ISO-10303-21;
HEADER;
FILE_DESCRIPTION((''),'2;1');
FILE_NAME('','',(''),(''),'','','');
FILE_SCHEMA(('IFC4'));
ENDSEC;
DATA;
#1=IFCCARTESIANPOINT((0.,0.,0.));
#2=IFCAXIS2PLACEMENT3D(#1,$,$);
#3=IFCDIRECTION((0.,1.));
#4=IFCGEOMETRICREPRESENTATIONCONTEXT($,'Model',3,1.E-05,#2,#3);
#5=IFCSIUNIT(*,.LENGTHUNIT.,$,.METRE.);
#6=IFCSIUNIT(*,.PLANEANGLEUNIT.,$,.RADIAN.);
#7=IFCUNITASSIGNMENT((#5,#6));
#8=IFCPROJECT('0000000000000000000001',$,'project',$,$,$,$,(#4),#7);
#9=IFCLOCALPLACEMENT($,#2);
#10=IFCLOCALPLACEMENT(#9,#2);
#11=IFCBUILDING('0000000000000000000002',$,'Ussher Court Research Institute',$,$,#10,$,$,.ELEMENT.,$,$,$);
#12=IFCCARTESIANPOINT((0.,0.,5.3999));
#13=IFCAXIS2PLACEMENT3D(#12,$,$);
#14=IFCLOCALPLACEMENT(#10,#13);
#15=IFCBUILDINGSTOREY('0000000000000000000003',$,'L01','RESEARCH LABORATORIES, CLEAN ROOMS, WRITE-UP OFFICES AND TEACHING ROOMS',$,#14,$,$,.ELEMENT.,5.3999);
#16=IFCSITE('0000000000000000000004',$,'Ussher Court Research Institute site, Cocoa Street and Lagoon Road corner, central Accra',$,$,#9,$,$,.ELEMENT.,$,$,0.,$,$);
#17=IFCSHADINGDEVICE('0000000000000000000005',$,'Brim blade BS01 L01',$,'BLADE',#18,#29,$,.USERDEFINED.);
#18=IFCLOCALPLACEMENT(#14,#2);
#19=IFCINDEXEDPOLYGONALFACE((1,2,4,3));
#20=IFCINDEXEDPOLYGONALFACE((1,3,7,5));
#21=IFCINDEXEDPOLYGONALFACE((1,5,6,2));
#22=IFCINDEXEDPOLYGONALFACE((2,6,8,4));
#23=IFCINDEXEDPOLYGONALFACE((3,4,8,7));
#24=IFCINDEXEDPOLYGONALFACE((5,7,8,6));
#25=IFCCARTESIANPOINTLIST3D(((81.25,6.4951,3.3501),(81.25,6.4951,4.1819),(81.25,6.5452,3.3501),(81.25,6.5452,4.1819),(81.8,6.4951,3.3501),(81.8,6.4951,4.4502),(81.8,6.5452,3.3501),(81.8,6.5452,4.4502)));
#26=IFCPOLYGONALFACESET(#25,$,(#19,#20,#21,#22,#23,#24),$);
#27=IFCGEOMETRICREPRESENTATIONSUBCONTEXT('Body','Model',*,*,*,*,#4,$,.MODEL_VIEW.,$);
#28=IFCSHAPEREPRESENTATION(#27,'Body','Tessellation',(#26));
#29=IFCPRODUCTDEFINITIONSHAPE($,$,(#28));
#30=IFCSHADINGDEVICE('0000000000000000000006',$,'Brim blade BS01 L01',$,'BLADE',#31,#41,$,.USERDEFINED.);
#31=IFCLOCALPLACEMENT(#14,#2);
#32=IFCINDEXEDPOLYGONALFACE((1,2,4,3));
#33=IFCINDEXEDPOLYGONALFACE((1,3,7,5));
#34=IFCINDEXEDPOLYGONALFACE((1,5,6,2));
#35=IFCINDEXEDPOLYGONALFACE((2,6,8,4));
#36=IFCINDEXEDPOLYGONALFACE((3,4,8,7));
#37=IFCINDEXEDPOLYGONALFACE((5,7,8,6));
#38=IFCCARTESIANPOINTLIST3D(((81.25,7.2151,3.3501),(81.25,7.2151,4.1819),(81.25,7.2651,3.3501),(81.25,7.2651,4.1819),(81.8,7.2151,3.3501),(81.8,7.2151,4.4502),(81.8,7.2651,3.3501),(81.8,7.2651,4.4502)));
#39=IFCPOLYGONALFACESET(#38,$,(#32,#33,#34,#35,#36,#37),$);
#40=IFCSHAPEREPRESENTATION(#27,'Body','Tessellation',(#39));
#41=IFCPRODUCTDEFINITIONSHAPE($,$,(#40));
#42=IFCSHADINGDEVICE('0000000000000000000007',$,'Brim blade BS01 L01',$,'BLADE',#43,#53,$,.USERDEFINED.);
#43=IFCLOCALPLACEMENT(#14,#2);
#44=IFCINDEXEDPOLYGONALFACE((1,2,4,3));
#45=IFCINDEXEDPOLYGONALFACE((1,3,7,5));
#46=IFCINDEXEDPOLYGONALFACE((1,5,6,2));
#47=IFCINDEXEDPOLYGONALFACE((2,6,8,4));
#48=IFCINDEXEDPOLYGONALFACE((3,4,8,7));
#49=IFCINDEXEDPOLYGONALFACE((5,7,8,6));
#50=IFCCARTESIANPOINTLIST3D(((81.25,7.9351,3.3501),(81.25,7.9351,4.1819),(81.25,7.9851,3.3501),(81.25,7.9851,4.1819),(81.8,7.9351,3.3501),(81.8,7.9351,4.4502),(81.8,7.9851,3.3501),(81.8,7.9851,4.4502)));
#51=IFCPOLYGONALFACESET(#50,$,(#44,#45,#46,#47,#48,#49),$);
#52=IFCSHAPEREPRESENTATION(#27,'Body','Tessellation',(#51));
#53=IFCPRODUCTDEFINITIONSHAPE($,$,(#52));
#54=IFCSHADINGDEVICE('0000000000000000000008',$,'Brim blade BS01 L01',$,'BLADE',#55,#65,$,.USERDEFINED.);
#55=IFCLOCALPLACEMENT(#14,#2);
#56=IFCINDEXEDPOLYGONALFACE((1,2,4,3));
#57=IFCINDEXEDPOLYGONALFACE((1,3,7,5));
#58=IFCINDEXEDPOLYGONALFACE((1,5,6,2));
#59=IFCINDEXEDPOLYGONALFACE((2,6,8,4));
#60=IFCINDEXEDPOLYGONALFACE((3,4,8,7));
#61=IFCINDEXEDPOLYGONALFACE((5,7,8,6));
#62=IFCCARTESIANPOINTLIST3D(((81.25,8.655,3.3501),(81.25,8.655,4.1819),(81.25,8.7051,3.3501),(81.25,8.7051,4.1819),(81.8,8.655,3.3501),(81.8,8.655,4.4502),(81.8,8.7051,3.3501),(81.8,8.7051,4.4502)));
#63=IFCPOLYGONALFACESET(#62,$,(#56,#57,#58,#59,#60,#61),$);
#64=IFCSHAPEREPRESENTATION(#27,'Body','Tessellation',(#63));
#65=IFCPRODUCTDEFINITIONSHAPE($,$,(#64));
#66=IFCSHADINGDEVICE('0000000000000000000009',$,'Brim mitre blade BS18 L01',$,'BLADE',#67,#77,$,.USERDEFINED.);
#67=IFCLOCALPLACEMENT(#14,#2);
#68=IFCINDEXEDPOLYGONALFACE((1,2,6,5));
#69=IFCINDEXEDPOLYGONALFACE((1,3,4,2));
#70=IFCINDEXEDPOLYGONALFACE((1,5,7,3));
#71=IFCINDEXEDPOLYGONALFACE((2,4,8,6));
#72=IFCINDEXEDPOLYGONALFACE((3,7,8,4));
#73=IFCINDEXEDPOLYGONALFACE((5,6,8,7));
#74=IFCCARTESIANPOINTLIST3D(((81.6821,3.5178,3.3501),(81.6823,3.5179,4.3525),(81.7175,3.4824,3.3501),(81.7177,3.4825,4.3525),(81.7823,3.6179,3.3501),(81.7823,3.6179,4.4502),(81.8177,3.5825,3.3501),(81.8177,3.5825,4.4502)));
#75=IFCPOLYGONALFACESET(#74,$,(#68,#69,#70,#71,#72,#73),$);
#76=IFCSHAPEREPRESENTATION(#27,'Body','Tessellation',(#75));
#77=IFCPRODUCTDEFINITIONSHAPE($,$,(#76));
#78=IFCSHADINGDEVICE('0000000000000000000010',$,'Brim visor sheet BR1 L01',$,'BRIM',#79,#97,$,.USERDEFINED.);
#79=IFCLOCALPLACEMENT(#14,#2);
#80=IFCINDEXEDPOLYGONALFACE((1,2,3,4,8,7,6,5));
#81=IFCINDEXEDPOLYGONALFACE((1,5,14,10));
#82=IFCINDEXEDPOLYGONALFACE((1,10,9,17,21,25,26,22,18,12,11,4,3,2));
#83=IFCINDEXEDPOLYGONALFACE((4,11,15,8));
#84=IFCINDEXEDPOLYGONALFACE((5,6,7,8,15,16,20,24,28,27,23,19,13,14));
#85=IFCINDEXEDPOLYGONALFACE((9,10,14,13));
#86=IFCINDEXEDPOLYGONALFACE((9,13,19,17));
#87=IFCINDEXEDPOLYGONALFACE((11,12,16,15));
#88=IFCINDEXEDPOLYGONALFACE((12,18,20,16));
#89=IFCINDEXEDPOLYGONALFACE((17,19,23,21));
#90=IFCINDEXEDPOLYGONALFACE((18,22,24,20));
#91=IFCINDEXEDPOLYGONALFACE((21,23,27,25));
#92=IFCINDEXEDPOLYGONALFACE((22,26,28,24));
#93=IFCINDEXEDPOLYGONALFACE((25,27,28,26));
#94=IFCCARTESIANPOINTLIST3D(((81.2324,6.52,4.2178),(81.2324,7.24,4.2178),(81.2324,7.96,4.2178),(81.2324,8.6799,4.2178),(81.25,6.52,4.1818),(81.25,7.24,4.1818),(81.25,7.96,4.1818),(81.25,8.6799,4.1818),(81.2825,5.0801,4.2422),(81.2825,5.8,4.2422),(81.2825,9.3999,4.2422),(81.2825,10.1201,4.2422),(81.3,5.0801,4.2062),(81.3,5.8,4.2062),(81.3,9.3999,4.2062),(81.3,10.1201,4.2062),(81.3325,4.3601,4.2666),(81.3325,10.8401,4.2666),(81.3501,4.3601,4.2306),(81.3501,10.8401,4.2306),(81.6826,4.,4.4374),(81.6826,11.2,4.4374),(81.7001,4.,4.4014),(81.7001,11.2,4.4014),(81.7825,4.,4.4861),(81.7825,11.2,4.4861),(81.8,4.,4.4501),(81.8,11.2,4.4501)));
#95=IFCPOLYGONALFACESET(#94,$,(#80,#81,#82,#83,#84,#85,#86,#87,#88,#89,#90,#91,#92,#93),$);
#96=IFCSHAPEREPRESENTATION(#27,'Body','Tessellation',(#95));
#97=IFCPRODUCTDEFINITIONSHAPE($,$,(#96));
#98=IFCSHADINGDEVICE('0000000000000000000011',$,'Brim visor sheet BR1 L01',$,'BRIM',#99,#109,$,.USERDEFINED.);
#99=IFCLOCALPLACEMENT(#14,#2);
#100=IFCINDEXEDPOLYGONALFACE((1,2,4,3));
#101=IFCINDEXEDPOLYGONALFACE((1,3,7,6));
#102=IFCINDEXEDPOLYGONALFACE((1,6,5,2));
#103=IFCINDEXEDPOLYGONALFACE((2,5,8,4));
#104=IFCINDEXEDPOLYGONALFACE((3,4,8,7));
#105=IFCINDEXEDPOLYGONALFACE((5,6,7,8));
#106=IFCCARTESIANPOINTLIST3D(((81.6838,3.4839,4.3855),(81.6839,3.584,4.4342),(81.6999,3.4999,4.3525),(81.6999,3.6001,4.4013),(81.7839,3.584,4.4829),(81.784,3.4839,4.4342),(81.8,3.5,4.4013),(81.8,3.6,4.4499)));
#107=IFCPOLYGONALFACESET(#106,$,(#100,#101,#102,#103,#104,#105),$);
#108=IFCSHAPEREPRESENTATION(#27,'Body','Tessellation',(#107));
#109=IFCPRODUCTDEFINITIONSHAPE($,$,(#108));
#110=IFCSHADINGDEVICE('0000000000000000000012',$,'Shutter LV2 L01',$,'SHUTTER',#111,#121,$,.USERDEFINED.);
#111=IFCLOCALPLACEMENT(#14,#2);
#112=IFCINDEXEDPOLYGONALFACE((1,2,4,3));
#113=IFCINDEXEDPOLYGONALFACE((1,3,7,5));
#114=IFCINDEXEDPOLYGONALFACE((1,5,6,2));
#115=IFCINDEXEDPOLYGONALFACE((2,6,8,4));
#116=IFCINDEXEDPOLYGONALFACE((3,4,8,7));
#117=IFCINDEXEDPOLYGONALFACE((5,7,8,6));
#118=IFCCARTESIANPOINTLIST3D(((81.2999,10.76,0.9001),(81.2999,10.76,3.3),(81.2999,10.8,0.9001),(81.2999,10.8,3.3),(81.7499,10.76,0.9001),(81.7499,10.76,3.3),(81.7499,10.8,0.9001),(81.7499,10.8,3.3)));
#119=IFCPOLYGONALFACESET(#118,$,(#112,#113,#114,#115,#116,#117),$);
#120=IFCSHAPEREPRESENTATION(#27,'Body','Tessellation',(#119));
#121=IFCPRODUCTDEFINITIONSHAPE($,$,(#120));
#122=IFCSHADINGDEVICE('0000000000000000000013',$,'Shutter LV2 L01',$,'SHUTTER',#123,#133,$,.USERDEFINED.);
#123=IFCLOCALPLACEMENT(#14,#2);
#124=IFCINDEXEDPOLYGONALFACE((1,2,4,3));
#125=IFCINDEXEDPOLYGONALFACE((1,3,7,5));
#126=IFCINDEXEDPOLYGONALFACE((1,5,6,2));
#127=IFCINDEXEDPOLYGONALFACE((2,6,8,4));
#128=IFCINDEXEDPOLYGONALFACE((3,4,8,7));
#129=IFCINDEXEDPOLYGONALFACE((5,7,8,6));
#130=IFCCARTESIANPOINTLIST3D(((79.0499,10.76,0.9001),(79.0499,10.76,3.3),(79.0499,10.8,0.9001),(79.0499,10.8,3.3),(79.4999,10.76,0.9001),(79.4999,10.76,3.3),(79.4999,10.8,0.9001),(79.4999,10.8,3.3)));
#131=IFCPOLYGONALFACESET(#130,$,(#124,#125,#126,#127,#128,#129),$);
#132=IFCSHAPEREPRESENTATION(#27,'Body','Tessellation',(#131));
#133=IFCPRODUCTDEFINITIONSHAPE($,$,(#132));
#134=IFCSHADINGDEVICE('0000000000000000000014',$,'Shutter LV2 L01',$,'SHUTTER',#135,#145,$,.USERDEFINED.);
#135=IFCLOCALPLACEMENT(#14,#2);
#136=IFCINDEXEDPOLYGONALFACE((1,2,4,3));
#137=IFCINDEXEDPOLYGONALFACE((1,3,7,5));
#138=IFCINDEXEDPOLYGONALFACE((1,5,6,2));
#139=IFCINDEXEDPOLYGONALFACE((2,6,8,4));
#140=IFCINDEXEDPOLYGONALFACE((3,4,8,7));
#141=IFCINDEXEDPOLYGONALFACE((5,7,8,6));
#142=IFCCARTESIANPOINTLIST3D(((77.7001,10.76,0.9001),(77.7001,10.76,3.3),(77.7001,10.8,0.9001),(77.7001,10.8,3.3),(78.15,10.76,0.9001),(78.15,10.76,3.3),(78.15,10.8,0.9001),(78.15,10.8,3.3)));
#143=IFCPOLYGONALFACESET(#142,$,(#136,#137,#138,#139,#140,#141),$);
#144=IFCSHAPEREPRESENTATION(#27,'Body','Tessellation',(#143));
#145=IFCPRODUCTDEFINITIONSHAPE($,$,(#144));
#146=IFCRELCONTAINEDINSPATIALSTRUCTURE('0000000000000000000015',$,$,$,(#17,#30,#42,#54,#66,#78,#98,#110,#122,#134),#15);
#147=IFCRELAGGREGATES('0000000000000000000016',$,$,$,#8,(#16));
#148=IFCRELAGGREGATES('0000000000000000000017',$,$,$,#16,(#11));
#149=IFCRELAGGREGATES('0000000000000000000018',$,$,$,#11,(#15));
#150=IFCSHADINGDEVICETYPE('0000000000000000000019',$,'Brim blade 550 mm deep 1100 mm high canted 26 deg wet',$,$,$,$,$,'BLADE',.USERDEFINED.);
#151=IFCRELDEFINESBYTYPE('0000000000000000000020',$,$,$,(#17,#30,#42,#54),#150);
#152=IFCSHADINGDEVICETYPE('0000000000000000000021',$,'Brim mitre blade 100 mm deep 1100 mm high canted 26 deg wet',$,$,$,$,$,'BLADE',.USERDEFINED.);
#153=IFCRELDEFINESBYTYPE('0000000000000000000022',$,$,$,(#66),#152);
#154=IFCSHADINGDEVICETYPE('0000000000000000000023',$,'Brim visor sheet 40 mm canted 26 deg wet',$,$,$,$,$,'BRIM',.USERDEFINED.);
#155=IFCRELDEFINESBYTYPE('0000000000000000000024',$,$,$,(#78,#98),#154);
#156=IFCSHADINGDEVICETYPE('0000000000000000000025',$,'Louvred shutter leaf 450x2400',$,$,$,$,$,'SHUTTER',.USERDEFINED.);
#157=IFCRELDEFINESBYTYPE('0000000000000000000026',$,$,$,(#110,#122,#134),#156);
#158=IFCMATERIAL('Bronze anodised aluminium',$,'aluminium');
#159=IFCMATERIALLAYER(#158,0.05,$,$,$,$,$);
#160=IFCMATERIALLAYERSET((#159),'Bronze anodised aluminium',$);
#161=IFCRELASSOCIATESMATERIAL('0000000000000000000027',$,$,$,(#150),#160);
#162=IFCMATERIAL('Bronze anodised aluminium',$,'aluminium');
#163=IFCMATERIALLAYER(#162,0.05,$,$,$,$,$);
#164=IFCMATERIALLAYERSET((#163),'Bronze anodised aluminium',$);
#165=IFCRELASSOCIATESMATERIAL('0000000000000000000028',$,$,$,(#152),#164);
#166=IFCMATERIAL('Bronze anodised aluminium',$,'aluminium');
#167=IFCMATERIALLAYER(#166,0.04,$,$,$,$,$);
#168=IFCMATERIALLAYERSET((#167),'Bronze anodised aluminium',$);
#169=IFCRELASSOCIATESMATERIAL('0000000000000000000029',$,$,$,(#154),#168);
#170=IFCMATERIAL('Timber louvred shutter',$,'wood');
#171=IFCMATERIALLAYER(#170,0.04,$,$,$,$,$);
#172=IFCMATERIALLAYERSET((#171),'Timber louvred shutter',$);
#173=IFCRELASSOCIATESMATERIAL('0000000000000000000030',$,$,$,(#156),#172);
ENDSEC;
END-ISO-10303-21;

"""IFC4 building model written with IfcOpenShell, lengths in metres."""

from ifc_helpers import new_model, si_unit, direction, frame, origin, origin_2d, place, context, subcontext, project, spatial, polyline, rectangle, outline, extrude, material, layer, layer_set, type_object, element, save


model = new_model("IFC4")

# Units and contexts
model_context = context("Model", 3, precision=1e-05, world=origin(), true_north=direction((0.0, 1.0)))
body_context = subcontext(model_context, "Body", "Model", "MODEL_VIEW")
ifc_project = project(units=[si_unit("LENGTHUNIT", "METRE"), si_unit("PLANEANGLEUNIT", "RADIAN")], contexts=[model_context])

# Site, building, storey
site_placement = place(None, origin())
site = spatial("IfcSite", under=ifc_project, at=site_placement, Name="Ussher Court Research Institute site, Cocoa Street and Lagoon Road corner, central Accra", CompositionType="ELEMENT", RefElevation=0.0)
building_placement = place(site_placement, origin())
building = spatial("IfcBuilding", under=site, at=building_placement, Name="Ussher Court Research Institute", CompositionType="ELEMENT")
storey_placement = place(building_placement, frame((0.0, 0.0, 5.3999)))
storey = spatial("IfcBuildingStorey", under=building, at=storey_placement, Name="L01", Description="RESEARCH LABORATORIES, CLEAN ROOMS, WRITE-UP OFFICES AND TEACHING ROOMS", CompositionType="ELEMENT", Elevation=5.3999)

# Shading devices
ifc_material_1 = material(Name="Bronze anodised aluminium", Category="aluminium")
ifc_layer_1 = layer(ifc_material_1, 0.05)
ifc_layer_set_1 = layer_set([ifc_layer_1], Name="Bronze anodised aluminium")
shading_device_type_1 = type_object("IfcShadingDeviceType", Name="Brim blade 550 mm deep 1100 mm high canted 26 deg wet", ElementType="BLADE", PredefinedType="USERDEFINED", material=ifc_layer_set_1)
for number, where, z_axis, x_axis, name in (
    (1, (81.8, 6.52, 3.3501), (0.0, 0.0, 1.0), (-1.0, 0.0, 0.0), "Brim blade BS01 L01"),
    (2, (81.8, 7.24, 3.3501), (0.0, 0.0, 1.0), (-1.0, 0.0, 0.0), "Brim blade BS01 L01"),
    (3, (81.8, 7.96, 3.3501), (0.0, 0.0, 1.0), (-1.0, 0.0, 0.0), "Brim blade BS01 L01"),
    (4, (81.8, 8.6799, 3.3501), (0.0, 0.0, 1.0), (-1.0, 0.0, 0.0), "Brim blade BS01 L01"),
):
    element("IfcShadingDevice", number, at=place(storey_placement, frame(where, z_axis=z_axis, x_axis=x_axis)), inside=storey, type_object=shading_device_type_1, Name=name, ObjectType="BLADE", PredefinedType="USERDEFINED", context=body_context, shape_type="SweptSolid", body=[
        extrude(outline(polyline([(0.0, 0.0), (0.55, 0.0), (0.55, 0.8318), (0.0, 1.1001), (0.0, 0.0)])), frame((0.0, 0.0249, 0.0), z_axis=(0.0, -1.0, 0.0), x_axis=(1.0, 0.0, 0.0)), (0.0, 0.0, 1.0), 0.05),
    ])
ifc_material_2 = material(Name="Bronze anodised aluminium", Category="aluminium")
ifc_layer_2 = layer(ifc_material_2, 0.05)
ifc_layer_set_2 = layer_set([ifc_layer_2], Name="Bronze anodised aluminium")
shading_device_type_2 = type_object("IfcShadingDeviceType", Name="Brim mitre blade 100 mm deep 1100 mm high canted 26 deg wet", ElementType="BLADE", PredefinedType="USERDEFINED", material=ifc_layer_set_2)
shading_device_1_placement = place(storey_placement, frame((81.8, 3.6001, 3.3501), z_axis=(0.0, 0.0, 1.0), x_axis=(-0.707107, -0.707107, 0.0)))
element("IfcShadingDevice", 5, at=shading_device_1_placement, inside=storey, type_object=shading_device_type_2, Name="Brim mitre blade BS18 L01", ObjectType="BLADE", PredefinedType="USERDEFINED", context=body_context, shape_type="SweptSolid", body=[
    extrude(outline(polyline([(0.0, 0.0), (0.1416, 0.0), (0.1414, 1.0024), (0.0, 1.1001), (0.0, 0.0)])), frame((0.0, 0.0249, 0.0), z_axis=(0.0, -1.0, 0.0), x_axis=(1.0, 0.0, 0.0)), (0.0, 0.0, 1.0), 0.05),
])
ifc_material_3 = material(Name="Bronze anodised aluminium", Category="aluminium")
ifc_layer_3 = layer(ifc_material_3, 0.04)
ifc_layer_set_3 = layer_set([ifc_layer_3], Name="Bronze anodised aluminium")
shading_device_type_3 = type_object("IfcShadingDeviceType", Name="Brim visor sheet 40 mm canted 26 deg wet", ElementType="BRIM", PredefinedType="USERDEFINED", material=ifc_layer_set_3)
shading_device_2_placement = place(storey_placement, frame((81.7825, 4.0, 4.4861), z_axis=(-0.438424, 0.0, 0.898768), x_axis=(0.0, 1.0, 0.0)))
element("IfcShadingDevice", 6, at=shading_device_2_placement, inside=storey, type_object=shading_device_type_3, Name="Brim visor sheet BR1 L01", ObjectType="BRIM", PredefinedType="USERDEFINED", context=body_context, shape_type="SweptSolid", body=[
    extrude(outline(polyline([(0.0, 0.0), (7.2, 0.0), (7.2, 0.1112), (6.8401, 0.5006), (6.1201, 0.5563), (5.3999, 0.5563), (4.6799, 0.612), (3.96, 0.612), (3.24, 0.612), (2.52, 0.612), (1.8, 0.5563), (1.0801, 0.5563), (0.3601, 0.5006), (0.0, 0.1112), (0.0, 0.0)])), origin(), (0.0, 0.0, -1.0), 0.04),
])
shading_device_3_placement = place(storey_placement, frame((81.7839, 3.584, 4.4829), z_axis=(-0.400848, -0.400848, 0.823797), x_axis=(-0.899269, 0.000362, -0.437395)))
element("IfcShadingDevice", 7, at=shading_device_3_placement, inside=storey, type_object=shading_device_type_3, Name="Brim visor sheet BR1 L01", ObjectType="BRIM", PredefinedType="USERDEFINED", context=body_context, shape_type="SweptSolid", body=[
    extrude(outline(polyline([(0.0, 0.0), (0.1113, 0.0), (0.1326, 0.1093), (0.0212, 0.1092), (0.0, 0.0)])), origin(), (0.0, 0.0, -1.0), 0.04),
])
ifc_material_4 = material(Name="Timber louvred shutter", Category="wood")
ifc_layer_4 = layer(ifc_material_4, 0.04)
ifc_layer_set_4 = layer_set([ifc_layer_4], Name="Timber louvred shutter")
shading_device_type_4 = type_object("IfcShadingDeviceType", Name="Louvred shutter leaf 450x2400", ElementType="SHUTTER", PredefinedType="USERDEFINED", material=ifc_layer_set_4)
for number, where, z_axis, x_axis, name in (
    (8, (81.5249, 10.78, 0.9001), (0.0, 0.0, 1.0), (-1.0, 0.0, 0.0), "Shutter LV2 L01"),
    (9, (79.2749, 10.78, 0.9001), (0.0, 0.0, 1.0), (-1.0, 0.0, 0.0), "Shutter LV2 L01"),
    (10, (77.925, 10.78, 0.9001), (0.0, 0.0, 1.0), (-1.0, 0.0, 0.0), "Shutter LV2 L01"),
):
    element("IfcShadingDevice", number, at=place(storey_placement, frame(where, z_axis=z_axis, x_axis=x_axis)), inside=storey, type_object=shading_device_type_4, Name=name, ObjectType="SHUTTER", PredefinedType="USERDEFINED", context=body_context, shape_type="SweptSolid", body=[
        extrude(rectangle(XDim=0.45, YDim=0.04, at=origin_2d()), origin(), (0.0, 0.0, 1.0), 2.3999),
    ])

save(model, "model.ifc")
